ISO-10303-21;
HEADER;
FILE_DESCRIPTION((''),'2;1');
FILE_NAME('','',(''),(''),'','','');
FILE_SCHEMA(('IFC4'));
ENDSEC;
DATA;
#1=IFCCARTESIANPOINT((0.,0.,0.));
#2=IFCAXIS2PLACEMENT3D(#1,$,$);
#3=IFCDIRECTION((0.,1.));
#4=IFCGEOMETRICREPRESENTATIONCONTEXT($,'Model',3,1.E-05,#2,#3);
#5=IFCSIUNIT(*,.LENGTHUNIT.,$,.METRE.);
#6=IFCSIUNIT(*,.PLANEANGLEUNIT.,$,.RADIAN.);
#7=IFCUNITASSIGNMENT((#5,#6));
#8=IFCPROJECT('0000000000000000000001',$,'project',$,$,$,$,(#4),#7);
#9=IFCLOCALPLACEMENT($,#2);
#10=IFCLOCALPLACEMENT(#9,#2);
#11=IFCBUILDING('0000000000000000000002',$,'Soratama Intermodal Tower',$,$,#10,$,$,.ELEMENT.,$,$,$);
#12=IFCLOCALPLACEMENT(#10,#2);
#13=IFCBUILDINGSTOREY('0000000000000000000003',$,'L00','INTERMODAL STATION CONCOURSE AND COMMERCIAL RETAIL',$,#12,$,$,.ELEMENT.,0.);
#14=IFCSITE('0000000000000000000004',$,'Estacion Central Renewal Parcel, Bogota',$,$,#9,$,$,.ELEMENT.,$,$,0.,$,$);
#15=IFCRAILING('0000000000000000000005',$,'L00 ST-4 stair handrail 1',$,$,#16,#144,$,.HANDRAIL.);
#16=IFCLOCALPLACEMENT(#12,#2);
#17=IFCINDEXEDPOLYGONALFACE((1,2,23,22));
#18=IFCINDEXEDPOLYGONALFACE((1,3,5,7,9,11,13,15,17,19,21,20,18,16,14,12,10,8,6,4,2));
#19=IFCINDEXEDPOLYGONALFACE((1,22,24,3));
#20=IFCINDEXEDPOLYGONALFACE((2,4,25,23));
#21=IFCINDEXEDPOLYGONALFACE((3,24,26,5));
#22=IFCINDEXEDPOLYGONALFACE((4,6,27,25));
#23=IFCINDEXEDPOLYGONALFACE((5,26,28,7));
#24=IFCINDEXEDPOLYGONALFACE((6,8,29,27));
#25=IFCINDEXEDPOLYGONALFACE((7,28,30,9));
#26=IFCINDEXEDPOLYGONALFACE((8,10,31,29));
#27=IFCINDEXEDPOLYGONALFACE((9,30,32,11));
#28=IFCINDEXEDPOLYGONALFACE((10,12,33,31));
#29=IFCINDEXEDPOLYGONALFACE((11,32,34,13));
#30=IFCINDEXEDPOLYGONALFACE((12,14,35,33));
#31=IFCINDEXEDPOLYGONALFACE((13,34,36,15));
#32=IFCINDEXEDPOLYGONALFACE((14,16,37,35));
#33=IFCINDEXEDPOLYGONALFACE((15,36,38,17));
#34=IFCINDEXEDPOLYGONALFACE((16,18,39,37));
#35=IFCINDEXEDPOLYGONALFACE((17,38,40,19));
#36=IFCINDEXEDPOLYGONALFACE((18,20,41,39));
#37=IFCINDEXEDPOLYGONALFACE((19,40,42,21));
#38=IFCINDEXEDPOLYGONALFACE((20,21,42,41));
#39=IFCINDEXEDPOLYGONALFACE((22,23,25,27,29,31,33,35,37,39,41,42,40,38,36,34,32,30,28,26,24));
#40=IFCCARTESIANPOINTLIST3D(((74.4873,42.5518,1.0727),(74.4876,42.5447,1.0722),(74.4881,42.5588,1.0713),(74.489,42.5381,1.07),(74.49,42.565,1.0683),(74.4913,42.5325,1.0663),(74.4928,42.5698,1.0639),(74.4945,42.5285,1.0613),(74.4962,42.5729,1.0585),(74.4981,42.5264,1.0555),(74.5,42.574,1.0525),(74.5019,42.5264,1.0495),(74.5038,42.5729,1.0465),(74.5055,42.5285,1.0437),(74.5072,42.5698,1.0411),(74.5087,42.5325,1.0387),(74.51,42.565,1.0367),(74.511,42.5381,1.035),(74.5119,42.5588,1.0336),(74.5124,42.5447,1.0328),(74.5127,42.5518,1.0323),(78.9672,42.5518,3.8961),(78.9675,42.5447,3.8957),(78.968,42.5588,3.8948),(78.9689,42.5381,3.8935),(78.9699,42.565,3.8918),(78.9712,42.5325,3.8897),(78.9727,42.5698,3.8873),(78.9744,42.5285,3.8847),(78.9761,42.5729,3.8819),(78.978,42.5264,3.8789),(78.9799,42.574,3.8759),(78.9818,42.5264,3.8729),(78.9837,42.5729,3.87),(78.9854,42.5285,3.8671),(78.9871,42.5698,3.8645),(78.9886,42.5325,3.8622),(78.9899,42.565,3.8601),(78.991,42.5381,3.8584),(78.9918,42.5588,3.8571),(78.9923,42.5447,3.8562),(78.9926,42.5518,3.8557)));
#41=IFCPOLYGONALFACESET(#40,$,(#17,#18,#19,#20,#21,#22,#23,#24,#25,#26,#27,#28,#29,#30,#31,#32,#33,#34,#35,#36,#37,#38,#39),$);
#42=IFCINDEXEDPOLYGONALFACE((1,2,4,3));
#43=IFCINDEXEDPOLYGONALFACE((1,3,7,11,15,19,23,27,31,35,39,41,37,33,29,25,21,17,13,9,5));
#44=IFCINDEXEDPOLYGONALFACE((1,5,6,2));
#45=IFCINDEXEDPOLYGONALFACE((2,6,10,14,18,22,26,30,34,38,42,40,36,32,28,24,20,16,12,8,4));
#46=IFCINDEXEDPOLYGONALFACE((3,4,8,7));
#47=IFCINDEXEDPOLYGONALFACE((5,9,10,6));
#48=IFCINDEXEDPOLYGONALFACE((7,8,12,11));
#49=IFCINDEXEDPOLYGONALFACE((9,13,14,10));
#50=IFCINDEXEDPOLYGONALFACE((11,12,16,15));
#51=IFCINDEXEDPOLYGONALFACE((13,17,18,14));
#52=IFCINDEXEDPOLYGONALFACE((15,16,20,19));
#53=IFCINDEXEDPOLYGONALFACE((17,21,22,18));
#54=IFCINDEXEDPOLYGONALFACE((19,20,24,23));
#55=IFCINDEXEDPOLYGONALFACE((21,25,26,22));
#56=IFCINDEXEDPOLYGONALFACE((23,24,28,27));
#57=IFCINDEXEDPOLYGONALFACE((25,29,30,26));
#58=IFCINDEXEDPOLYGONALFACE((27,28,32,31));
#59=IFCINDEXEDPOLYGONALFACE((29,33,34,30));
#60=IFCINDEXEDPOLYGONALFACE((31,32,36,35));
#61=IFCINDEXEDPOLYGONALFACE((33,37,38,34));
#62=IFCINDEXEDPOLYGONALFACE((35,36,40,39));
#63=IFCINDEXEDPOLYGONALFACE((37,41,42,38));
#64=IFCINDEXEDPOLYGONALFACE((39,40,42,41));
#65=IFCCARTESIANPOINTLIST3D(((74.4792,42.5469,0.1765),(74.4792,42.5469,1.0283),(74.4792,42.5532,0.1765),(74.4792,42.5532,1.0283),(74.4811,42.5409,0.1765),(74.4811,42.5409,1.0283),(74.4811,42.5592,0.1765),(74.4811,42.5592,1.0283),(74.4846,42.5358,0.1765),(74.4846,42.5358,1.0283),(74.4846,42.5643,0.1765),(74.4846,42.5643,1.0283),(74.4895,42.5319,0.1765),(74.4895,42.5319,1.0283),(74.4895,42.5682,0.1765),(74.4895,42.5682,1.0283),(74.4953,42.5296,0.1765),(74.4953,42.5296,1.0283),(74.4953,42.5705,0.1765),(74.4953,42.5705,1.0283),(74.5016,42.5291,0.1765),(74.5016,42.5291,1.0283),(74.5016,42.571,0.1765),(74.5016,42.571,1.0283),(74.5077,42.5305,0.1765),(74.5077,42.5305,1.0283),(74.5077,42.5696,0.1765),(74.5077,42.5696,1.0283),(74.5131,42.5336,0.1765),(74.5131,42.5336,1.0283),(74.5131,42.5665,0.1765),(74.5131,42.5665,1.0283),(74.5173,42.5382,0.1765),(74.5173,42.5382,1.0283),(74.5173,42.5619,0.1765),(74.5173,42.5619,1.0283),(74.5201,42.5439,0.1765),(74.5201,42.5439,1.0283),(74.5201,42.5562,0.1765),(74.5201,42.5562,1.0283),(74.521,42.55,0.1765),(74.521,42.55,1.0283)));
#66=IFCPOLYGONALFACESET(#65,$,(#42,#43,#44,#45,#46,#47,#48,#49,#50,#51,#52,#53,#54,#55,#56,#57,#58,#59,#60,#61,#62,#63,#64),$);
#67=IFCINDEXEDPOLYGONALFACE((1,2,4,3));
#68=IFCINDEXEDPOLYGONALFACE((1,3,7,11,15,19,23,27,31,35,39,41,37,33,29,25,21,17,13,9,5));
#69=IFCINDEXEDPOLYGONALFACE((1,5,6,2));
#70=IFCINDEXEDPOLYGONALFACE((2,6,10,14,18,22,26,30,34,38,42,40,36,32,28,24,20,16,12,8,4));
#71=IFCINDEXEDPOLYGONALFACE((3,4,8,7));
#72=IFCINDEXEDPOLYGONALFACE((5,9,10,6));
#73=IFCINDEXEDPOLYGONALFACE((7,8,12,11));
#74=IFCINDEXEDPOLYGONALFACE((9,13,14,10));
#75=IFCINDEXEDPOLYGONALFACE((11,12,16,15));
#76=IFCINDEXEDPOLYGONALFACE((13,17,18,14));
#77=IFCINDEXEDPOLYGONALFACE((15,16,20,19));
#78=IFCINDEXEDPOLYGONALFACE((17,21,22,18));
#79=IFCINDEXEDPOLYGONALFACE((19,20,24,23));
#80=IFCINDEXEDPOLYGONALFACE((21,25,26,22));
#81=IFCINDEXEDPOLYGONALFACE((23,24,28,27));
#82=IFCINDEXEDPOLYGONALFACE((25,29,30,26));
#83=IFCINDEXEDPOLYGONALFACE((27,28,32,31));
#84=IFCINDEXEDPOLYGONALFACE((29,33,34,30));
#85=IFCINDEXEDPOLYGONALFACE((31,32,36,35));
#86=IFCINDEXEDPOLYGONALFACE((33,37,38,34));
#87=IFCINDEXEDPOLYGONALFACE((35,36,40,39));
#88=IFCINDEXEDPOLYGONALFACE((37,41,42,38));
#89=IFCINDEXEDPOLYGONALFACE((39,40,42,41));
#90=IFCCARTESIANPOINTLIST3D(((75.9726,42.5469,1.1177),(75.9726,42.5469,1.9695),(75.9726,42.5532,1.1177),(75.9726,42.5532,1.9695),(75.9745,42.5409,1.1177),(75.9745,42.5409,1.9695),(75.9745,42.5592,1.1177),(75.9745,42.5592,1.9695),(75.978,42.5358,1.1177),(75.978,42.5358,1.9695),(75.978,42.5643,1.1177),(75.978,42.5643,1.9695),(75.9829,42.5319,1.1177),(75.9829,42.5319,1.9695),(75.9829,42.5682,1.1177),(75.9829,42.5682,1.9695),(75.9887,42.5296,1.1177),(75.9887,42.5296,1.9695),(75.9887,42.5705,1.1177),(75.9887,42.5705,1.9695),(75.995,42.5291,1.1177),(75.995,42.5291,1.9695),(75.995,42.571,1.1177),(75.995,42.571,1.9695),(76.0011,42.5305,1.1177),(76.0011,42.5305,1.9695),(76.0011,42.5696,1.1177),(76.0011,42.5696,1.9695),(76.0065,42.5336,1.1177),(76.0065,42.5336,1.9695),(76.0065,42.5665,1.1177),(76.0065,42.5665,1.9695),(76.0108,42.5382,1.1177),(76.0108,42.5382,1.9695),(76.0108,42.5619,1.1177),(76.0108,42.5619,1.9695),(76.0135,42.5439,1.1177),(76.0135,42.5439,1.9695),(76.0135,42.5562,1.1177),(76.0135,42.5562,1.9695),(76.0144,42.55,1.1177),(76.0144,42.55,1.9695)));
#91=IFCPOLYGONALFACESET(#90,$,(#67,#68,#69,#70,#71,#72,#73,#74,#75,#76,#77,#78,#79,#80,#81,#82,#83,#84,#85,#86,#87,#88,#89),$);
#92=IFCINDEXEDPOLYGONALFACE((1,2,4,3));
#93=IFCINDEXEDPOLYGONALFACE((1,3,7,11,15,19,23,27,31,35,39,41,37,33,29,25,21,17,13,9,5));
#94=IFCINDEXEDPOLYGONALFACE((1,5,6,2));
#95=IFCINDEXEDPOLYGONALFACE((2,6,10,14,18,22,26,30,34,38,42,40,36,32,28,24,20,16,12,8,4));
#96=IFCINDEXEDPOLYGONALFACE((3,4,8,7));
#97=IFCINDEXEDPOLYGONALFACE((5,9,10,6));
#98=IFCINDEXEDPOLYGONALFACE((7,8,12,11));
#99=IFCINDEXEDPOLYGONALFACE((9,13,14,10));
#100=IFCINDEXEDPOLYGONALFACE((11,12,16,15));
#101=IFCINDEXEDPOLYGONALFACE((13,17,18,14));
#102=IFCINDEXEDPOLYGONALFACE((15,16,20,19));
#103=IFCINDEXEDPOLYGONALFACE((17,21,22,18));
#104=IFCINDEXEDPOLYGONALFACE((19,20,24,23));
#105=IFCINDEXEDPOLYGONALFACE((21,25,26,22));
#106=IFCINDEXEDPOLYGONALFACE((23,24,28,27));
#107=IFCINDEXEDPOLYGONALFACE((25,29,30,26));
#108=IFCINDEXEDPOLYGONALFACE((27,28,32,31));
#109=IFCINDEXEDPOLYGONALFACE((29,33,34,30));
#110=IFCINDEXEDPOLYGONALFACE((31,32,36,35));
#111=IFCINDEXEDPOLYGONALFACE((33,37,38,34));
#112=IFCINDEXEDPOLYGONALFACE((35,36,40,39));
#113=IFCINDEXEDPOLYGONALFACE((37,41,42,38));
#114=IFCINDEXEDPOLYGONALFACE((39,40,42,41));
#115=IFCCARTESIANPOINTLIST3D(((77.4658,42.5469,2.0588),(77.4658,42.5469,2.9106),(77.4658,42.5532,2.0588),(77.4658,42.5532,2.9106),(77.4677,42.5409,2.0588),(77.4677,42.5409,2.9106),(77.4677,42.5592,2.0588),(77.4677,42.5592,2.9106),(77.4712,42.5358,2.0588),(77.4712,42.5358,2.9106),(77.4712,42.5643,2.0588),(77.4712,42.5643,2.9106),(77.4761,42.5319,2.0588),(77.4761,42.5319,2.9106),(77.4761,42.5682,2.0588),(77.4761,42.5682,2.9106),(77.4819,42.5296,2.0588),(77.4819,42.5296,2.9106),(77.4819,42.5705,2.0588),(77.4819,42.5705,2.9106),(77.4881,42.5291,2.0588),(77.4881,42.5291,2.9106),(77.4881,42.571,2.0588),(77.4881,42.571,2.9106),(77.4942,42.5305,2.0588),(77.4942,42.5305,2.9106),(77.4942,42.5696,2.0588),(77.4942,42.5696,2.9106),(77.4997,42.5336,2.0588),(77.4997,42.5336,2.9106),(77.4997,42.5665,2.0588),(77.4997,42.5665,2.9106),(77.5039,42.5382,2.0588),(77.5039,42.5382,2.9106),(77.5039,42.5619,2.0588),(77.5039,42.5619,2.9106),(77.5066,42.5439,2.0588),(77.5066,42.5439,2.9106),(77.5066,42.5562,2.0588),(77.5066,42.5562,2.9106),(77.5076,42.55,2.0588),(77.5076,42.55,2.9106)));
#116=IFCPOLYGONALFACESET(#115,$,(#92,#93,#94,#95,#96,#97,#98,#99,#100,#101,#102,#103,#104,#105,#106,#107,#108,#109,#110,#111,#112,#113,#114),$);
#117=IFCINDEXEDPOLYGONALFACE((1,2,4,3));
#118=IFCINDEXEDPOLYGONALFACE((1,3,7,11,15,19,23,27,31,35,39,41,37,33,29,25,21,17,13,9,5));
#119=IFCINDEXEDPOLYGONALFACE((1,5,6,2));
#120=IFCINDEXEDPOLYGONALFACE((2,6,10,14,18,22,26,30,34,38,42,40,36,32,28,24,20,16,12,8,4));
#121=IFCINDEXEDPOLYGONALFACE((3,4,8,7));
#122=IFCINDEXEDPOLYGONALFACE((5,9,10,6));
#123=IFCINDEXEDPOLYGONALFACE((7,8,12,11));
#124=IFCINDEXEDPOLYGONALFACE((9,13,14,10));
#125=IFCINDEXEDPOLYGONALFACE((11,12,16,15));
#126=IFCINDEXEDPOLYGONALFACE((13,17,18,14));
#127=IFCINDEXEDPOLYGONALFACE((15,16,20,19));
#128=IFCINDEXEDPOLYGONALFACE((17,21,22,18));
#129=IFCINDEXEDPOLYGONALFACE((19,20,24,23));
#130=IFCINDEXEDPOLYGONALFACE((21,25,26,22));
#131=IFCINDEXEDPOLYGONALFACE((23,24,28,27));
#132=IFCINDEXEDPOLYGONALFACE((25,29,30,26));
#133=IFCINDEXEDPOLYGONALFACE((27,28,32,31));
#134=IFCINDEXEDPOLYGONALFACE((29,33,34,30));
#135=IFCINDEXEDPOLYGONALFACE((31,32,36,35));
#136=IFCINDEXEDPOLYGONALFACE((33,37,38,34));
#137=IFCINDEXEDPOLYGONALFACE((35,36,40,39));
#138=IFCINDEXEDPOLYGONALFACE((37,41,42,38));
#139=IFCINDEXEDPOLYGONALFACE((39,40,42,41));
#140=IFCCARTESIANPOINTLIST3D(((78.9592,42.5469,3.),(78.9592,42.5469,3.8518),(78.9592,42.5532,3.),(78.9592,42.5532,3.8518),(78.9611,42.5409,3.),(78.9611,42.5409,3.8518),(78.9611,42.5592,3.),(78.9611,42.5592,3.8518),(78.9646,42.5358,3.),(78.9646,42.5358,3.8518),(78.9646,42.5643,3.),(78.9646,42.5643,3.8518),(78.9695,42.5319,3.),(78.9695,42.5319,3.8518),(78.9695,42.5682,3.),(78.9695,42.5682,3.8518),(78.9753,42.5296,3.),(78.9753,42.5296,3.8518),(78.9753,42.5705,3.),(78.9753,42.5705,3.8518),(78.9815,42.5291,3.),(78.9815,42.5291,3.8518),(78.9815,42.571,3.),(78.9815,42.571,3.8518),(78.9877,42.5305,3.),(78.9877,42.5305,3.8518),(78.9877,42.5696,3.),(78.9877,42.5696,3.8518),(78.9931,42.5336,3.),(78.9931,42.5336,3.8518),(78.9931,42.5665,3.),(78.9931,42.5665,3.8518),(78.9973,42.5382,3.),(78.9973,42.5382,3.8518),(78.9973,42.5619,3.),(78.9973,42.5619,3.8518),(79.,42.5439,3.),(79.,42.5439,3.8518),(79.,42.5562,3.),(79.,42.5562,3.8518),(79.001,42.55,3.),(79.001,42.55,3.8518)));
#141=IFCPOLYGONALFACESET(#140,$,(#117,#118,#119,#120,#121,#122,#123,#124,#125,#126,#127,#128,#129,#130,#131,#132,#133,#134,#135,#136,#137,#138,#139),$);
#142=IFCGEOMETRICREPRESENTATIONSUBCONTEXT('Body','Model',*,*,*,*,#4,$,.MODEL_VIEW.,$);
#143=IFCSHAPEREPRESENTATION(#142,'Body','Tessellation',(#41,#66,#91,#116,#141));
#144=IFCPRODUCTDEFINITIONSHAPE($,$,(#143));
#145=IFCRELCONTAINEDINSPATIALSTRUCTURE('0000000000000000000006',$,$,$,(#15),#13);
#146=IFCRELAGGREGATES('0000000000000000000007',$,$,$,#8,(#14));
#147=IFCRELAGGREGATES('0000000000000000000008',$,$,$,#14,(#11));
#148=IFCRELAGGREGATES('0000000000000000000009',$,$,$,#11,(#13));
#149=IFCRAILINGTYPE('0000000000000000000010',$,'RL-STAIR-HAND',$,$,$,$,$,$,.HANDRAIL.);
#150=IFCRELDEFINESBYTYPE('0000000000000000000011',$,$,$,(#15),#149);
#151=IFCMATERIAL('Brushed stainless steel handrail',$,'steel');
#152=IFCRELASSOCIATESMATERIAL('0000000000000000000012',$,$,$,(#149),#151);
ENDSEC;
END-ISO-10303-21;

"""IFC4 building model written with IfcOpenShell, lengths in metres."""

from ifc_helpers import new_model, si_unit, direction, frame, origin, origin_2d, place, context, subcontext, project, spatial, circle, extrude, material, type_object, element, save


model = new_model("IFC4")

# Units and contexts
model_context = context("Model", 3, precision=1e-05, world=origin(), true_north=direction((0.0, 1.0)))
body_context = subcontext(model_context, "Body", "Model", "MODEL_VIEW")
ifc_project = project(units=[si_unit("LENGTHUNIT", "METRE"), si_unit("PLANEANGLEUNIT", "RADIAN")], contexts=[model_context])

# Site, building, storey
site_placement = place(None, origin())
site = spatial("IfcSite", under=ifc_project, at=site_placement, Name="Estacion Central Renewal Parcel, Bogota", CompositionType="ELEMENT", RefElevation=0.0)
building_placement = place(site_placement, origin())
building = spatial("IfcBuilding", under=site, at=building_placement, Name="Soratama Intermodal Tower", CompositionType="ELEMENT")
storey_placement = place(building_placement, origin())
storey = spatial("IfcBuildingStorey", under=building, at=storey_placement, Name="L00", Description="INTERMODAL STATION CONCOURSE AND COMMERCIAL RETAIL", CompositionType="ELEMENT", Elevation=0.0)

# Railing
ifc_material_1 = material(Name="Brushed stainless steel handrail", Category="steel")
railing_type_1 = type_object("IfcRailingType", Name="RL-STAIR-HAND", PredefinedType="HANDRAIL", material=ifc_material_1)
railing_1_placement = place(storey_placement, frame((74.5, 42.55, 0.1765)))
element("IfcRailing", 1, at=railing_1_placement, inside=storey, type_object=railing_type_1, Name="L00 ST-4 stair handrail 1", PredefinedType="HANDRAIL", context=body_context, shape_type="SweptSolid", body=[
    extrude(circle(Radius=0.0239, at=origin_2d()), frame((0.0, 0.0, 0.876), z_axis=(0.845998, 0.0, 0.533186), x_axis=(0.0, 1.0, 0.0)), (0.0, 0.0, 1.0), 5.2954),
    extrude(circle(Radius=0.021, at=origin_2d()), origin(), (0.0, 0.0, 1.0), 0.8518),
    extrude(circle(Radius=0.021, at=origin_2d()), frame((1.4934, 0.0, 0.9412)), (0.0, 0.0, 1.0), 0.8518),
    extrude(circle(Radius=0.021, at=origin_2d()), frame((2.9866, 0.0, 1.8823)), (0.0, 0.0, 1.0), 0.8518),
    extrude(circle(Radius=0.021, at=origin_2d()), frame((4.48, 0.0, 2.8235)), (0.0, 0.0, 1.0), 0.8518),
])

save(model, "model.ifc")
